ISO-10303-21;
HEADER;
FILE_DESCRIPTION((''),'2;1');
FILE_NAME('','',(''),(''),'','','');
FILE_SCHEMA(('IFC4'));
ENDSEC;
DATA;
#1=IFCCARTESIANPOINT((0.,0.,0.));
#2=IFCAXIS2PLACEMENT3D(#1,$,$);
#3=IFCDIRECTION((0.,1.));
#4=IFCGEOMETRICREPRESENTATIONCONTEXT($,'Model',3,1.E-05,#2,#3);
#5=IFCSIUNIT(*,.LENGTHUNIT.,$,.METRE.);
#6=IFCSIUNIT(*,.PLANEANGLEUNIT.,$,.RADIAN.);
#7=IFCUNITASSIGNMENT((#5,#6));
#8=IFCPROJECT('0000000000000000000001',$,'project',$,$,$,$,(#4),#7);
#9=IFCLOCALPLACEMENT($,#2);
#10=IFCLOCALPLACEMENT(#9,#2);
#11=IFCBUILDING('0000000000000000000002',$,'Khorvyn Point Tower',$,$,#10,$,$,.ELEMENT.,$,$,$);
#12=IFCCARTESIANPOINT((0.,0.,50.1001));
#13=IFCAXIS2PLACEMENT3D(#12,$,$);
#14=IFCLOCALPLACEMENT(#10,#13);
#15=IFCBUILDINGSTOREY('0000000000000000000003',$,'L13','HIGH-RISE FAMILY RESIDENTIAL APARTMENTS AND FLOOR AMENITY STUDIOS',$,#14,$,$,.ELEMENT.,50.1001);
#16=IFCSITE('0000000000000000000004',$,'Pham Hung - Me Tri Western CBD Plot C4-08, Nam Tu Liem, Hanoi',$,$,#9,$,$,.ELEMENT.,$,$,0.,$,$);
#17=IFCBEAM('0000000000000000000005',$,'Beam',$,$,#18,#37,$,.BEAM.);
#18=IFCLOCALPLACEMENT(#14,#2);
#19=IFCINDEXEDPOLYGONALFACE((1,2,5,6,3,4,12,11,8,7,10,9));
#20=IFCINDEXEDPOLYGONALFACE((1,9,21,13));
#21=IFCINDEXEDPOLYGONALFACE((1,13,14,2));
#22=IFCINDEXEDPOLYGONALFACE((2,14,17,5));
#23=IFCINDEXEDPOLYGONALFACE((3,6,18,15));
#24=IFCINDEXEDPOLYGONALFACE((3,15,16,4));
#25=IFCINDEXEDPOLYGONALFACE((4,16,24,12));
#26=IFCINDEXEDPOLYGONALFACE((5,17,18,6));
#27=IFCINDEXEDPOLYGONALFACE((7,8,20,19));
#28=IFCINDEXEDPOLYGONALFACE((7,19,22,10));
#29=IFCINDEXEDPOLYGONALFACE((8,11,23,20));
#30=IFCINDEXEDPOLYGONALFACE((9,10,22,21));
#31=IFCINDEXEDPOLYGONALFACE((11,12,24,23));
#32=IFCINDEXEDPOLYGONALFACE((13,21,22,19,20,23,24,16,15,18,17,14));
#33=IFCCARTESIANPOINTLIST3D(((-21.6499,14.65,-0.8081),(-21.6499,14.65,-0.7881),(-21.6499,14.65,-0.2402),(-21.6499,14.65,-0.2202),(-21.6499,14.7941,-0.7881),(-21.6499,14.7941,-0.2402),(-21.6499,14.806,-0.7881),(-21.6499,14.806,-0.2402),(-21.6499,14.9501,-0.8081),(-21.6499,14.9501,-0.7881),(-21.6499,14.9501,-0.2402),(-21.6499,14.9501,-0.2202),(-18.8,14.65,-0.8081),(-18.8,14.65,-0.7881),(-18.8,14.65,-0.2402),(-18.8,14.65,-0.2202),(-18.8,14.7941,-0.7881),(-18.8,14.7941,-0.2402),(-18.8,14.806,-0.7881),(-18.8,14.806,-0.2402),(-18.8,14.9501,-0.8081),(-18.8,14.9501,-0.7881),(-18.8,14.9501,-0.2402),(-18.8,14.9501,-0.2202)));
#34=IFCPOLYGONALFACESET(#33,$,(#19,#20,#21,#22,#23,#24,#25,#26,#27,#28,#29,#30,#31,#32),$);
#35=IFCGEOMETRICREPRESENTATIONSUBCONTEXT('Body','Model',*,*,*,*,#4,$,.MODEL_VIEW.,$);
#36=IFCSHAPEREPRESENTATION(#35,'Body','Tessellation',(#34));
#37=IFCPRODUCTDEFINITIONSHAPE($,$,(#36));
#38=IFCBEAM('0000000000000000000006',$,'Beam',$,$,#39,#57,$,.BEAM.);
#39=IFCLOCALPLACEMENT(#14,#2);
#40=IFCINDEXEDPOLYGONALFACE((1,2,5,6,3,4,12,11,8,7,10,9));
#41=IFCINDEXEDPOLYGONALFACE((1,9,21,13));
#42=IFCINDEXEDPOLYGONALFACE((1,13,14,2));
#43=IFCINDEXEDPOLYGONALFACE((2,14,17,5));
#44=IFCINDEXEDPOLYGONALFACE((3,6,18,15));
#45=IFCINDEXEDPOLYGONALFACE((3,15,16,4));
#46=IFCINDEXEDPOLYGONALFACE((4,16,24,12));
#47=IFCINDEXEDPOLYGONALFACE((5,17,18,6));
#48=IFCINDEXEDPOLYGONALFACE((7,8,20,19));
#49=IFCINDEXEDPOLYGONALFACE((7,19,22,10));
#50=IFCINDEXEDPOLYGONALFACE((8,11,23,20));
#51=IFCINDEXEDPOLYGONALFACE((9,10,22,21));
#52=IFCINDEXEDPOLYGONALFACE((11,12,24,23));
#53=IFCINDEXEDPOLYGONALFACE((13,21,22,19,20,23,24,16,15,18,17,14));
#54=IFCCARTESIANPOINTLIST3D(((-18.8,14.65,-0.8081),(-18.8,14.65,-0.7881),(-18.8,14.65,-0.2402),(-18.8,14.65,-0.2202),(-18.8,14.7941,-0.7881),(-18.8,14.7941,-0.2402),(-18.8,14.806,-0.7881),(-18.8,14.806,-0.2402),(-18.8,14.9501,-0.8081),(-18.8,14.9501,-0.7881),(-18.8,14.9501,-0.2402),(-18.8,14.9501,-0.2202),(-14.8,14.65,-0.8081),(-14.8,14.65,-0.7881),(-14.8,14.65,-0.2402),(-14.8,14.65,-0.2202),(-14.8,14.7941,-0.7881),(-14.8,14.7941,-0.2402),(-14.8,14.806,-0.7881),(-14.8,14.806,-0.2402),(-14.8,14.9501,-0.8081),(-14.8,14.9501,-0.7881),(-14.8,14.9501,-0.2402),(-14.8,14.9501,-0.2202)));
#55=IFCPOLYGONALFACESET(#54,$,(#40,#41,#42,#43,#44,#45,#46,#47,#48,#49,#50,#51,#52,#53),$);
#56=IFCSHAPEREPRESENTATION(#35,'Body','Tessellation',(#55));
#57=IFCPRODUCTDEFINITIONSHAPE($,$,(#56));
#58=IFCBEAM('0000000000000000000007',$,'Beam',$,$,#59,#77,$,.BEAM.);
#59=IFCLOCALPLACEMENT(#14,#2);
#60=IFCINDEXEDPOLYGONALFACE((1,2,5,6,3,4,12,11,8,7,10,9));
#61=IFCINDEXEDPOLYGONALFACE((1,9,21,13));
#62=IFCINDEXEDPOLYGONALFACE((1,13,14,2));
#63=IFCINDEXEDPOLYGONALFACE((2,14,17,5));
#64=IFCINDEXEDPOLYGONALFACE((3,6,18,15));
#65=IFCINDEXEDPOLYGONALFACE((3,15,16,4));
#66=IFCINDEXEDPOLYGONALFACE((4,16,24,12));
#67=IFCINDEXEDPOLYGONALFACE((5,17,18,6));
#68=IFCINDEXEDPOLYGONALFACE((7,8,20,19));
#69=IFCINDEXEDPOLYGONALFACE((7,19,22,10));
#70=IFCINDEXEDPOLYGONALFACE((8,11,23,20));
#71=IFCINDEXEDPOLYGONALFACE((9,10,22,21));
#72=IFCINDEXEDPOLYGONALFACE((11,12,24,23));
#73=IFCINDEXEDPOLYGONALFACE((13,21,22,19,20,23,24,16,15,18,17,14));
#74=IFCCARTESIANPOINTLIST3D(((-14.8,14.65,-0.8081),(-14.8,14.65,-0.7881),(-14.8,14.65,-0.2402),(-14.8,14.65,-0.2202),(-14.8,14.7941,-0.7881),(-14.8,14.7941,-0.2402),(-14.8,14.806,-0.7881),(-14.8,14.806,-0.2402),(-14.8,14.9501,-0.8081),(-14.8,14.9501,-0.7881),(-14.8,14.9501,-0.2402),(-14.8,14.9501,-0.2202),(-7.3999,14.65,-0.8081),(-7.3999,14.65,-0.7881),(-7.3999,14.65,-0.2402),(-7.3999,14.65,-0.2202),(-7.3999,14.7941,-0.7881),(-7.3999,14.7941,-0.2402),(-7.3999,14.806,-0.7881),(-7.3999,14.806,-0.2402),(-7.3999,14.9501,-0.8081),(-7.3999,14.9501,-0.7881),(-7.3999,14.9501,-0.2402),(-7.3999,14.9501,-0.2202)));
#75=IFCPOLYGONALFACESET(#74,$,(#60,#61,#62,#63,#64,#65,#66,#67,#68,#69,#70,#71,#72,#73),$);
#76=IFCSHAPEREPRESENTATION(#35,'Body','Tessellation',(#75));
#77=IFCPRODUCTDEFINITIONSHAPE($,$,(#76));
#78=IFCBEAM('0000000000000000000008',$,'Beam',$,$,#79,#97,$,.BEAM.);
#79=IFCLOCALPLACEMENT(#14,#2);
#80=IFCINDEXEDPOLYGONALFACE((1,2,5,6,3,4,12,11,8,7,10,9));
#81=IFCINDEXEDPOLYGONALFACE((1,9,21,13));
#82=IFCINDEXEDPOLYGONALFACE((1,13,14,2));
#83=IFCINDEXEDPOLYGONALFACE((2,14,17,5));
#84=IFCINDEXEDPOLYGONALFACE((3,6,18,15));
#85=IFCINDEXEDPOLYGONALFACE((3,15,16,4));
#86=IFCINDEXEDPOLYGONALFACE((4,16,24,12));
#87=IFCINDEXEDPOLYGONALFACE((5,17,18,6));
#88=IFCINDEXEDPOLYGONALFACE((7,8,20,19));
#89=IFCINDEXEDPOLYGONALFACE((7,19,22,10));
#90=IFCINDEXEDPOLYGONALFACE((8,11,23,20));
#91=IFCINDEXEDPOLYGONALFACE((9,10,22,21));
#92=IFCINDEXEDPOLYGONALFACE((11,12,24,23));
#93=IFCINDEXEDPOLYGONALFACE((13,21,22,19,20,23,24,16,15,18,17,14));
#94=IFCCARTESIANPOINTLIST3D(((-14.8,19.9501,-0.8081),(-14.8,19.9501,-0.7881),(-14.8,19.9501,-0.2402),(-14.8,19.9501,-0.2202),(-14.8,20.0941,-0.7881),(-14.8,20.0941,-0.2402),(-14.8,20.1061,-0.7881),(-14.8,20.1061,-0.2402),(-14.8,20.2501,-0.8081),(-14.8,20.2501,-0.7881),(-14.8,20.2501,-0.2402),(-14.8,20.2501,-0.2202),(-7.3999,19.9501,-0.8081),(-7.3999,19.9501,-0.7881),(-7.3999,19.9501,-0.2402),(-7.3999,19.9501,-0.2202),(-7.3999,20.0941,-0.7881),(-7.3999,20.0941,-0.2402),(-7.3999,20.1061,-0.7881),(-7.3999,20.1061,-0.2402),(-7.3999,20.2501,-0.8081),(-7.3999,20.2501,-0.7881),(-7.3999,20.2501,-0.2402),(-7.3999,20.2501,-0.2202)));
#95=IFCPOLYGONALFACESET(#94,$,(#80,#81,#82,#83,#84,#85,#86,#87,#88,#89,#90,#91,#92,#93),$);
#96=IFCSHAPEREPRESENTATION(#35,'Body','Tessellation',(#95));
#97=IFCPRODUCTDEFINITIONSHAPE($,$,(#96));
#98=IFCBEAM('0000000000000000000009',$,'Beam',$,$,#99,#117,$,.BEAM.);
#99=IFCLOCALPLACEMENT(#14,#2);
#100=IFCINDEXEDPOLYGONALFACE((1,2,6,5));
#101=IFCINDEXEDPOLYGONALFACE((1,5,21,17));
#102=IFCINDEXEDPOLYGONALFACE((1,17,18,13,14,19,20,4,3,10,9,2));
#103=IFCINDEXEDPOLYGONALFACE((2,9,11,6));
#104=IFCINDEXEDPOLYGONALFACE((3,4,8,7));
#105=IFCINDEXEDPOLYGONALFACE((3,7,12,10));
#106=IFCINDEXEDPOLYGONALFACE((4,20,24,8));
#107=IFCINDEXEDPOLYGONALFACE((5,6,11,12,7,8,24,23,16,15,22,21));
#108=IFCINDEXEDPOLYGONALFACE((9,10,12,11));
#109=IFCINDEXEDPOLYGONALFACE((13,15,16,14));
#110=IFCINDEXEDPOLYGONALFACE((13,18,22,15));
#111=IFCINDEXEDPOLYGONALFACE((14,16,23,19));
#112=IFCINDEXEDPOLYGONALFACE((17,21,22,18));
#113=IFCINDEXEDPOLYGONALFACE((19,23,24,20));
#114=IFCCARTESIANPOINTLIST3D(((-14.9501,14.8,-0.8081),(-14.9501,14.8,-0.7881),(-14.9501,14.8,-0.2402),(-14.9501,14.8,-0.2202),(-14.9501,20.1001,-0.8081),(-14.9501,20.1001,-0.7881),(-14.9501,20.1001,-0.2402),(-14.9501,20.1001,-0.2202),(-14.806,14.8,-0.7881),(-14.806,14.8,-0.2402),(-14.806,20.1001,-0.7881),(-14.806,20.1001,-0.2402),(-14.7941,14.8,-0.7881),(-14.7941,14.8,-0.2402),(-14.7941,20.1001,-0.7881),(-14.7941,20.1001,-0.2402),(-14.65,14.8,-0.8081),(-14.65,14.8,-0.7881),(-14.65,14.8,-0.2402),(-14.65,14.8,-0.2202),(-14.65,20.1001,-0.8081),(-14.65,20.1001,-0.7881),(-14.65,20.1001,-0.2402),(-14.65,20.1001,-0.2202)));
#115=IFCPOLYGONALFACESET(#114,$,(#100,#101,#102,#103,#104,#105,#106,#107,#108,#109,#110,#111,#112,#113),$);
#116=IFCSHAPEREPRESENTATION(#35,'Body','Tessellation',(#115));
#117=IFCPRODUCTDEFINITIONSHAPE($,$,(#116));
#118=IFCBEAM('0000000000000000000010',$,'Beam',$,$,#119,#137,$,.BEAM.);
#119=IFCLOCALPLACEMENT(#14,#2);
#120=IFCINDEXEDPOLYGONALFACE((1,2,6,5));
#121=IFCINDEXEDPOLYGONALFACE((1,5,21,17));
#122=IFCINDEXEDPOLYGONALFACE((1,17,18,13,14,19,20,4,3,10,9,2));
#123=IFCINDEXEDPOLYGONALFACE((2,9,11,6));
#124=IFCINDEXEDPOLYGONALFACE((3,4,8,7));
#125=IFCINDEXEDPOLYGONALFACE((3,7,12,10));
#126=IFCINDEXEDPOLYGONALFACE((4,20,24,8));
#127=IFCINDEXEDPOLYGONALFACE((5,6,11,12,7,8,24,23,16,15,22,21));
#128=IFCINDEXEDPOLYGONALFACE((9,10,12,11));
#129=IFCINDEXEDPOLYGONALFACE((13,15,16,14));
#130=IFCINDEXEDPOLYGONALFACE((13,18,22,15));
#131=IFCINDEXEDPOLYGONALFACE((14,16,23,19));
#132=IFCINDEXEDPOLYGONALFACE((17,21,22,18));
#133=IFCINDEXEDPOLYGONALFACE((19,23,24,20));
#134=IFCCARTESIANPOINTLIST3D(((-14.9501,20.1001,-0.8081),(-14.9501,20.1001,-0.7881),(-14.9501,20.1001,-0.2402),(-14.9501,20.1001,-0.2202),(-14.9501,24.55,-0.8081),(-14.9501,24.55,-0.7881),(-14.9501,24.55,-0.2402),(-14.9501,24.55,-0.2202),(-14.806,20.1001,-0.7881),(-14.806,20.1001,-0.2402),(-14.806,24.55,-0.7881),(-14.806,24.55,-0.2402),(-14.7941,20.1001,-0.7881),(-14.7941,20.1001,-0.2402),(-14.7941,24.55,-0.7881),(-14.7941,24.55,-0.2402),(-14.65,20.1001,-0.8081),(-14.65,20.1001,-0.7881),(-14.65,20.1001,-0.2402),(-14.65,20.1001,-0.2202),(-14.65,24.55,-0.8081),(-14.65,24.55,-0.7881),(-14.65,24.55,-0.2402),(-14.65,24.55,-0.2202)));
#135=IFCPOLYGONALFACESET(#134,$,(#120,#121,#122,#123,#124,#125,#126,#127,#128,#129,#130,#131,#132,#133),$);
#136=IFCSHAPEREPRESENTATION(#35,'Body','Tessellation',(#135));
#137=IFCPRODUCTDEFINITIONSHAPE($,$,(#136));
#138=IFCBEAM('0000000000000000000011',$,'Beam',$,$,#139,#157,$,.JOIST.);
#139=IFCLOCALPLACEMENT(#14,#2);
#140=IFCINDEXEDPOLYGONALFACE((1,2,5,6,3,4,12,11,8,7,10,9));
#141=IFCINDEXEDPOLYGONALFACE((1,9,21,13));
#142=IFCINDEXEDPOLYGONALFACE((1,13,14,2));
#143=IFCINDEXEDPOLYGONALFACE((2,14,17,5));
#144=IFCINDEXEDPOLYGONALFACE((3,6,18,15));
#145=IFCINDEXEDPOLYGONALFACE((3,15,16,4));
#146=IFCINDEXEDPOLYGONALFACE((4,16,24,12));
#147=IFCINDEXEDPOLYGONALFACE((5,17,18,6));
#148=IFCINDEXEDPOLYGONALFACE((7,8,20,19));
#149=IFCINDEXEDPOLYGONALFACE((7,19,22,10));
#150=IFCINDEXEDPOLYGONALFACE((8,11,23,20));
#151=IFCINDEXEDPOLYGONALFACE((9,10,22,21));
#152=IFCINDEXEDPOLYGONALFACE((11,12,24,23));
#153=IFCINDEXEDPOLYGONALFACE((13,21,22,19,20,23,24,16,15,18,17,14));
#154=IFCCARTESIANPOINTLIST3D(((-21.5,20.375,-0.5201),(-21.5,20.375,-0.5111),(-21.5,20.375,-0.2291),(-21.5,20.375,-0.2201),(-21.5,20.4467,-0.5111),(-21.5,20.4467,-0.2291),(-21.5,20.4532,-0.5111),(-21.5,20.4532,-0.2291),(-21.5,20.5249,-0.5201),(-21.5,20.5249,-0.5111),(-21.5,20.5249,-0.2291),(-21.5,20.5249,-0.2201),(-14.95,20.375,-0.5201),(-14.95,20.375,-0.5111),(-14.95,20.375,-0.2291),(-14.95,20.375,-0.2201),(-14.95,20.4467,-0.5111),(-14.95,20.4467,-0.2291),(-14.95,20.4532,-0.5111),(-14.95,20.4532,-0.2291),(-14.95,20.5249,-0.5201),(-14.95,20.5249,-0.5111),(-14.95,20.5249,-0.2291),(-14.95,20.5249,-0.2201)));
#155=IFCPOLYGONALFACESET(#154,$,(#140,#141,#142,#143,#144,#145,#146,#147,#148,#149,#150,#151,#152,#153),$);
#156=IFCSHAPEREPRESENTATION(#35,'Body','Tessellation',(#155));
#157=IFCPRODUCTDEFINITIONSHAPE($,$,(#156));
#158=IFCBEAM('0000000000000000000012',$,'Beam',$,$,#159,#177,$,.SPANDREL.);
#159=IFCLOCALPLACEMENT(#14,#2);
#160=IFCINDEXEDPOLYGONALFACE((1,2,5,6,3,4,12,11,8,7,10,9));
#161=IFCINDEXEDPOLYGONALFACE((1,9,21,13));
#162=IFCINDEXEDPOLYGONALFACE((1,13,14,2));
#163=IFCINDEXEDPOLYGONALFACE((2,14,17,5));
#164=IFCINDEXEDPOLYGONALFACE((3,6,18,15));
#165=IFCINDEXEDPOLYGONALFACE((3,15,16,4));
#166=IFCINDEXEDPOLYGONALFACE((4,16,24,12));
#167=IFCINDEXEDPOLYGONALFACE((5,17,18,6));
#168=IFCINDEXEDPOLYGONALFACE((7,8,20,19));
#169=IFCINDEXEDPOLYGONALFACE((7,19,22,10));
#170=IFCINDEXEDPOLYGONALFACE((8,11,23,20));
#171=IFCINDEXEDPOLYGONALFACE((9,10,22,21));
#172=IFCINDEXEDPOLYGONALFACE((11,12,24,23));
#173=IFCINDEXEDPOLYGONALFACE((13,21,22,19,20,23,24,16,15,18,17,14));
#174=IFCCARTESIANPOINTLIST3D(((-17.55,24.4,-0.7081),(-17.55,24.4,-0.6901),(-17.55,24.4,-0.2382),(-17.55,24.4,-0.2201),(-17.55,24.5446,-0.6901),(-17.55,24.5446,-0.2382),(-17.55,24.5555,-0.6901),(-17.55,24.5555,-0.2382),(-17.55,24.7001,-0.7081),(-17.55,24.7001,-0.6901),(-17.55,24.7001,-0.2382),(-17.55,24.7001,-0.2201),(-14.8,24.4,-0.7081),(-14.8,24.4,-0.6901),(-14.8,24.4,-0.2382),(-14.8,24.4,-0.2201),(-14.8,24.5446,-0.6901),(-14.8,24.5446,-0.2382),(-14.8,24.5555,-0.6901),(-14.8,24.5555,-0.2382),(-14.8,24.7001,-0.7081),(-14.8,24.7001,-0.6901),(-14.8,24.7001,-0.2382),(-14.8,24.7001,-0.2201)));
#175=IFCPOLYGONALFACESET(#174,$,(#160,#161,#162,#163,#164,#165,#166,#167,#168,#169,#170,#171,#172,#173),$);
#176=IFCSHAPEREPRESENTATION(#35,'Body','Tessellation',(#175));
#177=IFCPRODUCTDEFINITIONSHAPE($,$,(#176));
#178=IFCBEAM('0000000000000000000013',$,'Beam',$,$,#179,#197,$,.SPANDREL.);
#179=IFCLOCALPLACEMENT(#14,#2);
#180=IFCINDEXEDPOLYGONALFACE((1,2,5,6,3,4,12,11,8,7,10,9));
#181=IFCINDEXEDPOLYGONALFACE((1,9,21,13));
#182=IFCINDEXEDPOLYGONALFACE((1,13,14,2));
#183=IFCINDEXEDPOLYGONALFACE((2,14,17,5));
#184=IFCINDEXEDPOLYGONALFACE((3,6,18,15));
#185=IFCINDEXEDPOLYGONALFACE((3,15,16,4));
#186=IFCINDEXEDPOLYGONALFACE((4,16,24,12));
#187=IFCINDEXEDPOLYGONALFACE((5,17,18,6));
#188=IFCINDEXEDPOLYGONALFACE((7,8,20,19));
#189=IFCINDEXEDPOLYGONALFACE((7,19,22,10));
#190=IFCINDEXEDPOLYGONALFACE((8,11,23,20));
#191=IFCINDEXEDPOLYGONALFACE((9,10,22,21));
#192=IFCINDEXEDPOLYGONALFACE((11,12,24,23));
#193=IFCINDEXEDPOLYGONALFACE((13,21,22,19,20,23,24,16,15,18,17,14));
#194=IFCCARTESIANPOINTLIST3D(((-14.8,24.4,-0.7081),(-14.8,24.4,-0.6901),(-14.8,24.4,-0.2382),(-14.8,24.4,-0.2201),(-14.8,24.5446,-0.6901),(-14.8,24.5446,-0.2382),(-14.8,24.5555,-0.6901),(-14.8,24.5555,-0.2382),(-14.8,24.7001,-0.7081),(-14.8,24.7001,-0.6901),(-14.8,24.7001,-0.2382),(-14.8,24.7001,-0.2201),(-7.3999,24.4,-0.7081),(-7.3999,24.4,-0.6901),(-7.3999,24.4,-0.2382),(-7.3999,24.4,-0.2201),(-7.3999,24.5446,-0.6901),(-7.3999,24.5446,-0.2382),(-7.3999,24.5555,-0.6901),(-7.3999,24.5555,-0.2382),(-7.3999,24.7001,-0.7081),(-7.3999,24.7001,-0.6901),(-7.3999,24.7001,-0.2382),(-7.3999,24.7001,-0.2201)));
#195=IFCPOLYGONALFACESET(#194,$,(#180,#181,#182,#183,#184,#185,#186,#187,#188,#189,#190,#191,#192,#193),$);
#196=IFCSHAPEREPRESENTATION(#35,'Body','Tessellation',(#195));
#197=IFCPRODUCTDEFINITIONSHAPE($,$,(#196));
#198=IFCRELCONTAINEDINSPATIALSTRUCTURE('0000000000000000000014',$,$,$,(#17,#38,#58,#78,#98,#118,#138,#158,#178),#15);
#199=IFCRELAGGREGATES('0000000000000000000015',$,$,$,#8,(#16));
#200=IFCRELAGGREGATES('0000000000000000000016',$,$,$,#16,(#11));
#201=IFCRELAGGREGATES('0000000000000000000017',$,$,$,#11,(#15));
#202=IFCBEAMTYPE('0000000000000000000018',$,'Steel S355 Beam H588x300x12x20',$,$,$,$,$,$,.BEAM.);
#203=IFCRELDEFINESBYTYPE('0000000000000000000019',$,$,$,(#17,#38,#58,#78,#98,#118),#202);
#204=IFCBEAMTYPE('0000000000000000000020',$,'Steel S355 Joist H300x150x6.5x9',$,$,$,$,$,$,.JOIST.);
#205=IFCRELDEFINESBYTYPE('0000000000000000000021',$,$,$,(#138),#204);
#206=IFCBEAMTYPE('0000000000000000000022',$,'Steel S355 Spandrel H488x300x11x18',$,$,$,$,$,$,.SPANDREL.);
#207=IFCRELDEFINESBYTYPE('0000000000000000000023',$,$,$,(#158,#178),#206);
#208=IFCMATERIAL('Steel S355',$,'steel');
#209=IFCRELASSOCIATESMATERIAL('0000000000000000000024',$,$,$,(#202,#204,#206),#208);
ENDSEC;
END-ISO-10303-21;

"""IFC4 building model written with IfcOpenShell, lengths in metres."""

from ifc_helpers import new_model, si_unit, direction, frame, origin, origin_2d, place, context, subcontext, project, spatial, i_section, extrude, material, material_profile, profile_set, type_object, element, save


model = new_model("IFC4")

# Units and contexts
model_context = context("Model", 3, precision=1e-05, world=origin(), true_north=direction((0.0, 1.0)))
body_context = subcontext(model_context, "Body", "Model", "MODEL_VIEW")
ifc_project = project(units=[si_unit("LENGTHUNIT", "METRE"), si_unit("PLANEANGLEUNIT", "RADIAN")], contexts=[model_context])

# Site, building, storey
site_placement = place(None, origin())
site = spatial("IfcSite", under=ifc_project, at=site_placement, Name="Pham Hung - Me Tri Western CBD Plot C4-08, Nam Tu Liem, Hanoi", CompositionType="ELEMENT", RefElevation=0.0)
building_placement = place(site_placement, origin())
building = spatial("IfcBuilding", under=site, at=building_placement, Name="Khorvyn Point Tower", CompositionType="ELEMENT")
storey_placement = place(building_placement, frame((0.0, 0.0, 50.1001)))
storey = spatial("IfcBuildingStorey", under=building, at=storey_placement, Name="L13", Description="HIGH-RISE FAMILY RESIDENTIAL APARTMENTS AND FLOOR AMENITY STUDIOS", CompositionType="ELEMENT", Elevation=50.1001)

# Beams
ifc_material_1 = material(Name="Steel S355", Category="steel")
ifc_material_profile_1 = material_profile(ifc_material_1, i_section(OverallWidth=0.3, OverallDepth=0.5879, WebThickness=0.012, FlangeThickness=0.02, at=origin_2d()))
ifc_profile_set_1 = profile_set([ifc_material_profile_1], Name="Steel S355 H588x300x12x20")
beam_type_1 = type_object("IfcBeamType", Name="Steel S355 Beam H588x300x12x20", PredefinedType="BEAM", material=ifc_profile_set_1)
beam_1_placement = place(storey_placement, frame((-21.6499, 14.8, -0.5142), z_axis=(1.0, 0.0, 0.0), x_axis=(0.0, 1.0, 0.0)))
element("IfcBeam", 1, at=beam_1_placement, inside=storey, type_object=beam_type_1, Name="Beam", PredefinedType="BEAM", context=body_context, shape_type="SweptSolid", body=[
    extrude(i_section(OverallWidth=0.3, OverallDepth=0.5879, WebThickness=0.012, FlangeThickness=0.02, at=origin_2d()), origin(), (0.0, 0.0, 1.0), 2.8499),
])
beam_2_placement = place(storey_placement, frame((-18.8, 14.8, -0.5142), z_axis=(1.0, 0.0, 0.0), x_axis=(0.0, 1.0, 0.0)))
element("IfcBeam", 2, at=beam_2_placement, inside=storey, type_object=beam_type_1, Name="Beam", PredefinedType="BEAM", context=body_context, shape_type="SweptSolid", body=[
    extrude(i_section(OverallWidth=0.3, OverallDepth=0.5879, WebThickness=0.012, FlangeThickness=0.02, at=origin_2d()), origin(), (0.0, 0.0, 1.0), 4.0),
])
for number, where, z_axis, x_axis, name in (
    (3, (-14.8, 14.8, -0.5142), (1.0, 0.0, 0.0), (0.0, 1.0, 0.0), "Beam"),
    (4, (-14.8, 20.1001, -0.5142), (1.0, 0.0, 0.0), (0.0, 1.0, 0.0), "Beam"),
):
    element("IfcBeam", number, at=place(storey_placement, frame(where, z_axis=z_axis, x_axis=x_axis)), inside=storey, type_object=beam_type_1, Name=name, PredefinedType="BEAM", context=body_context, shape_type="SweptSolid", body=[
        extrude(i_section(OverallWidth=0.3, OverallDepth=0.5879, WebThickness=0.012, FlangeThickness=0.02, at=origin_2d()), origin(), (0.0, 0.0, 1.0), 7.4001),
    ])
beam_3_placement = place(storey_placement, frame((-14.8, 14.8, -0.5142), z_axis=(0.0, 1.0, 0.0), x_axis=(-1.0, 0.0, 0.0)))
element("IfcBeam", 5, at=beam_3_placement, inside=storey, type_object=beam_type_1, Name="Beam", PredefinedType="BEAM", context=body_context, shape_type="SweptSolid", body=[
    extrude(i_section(OverallWidth=0.3, OverallDepth=0.5879, WebThickness=0.012, FlangeThickness=0.02, at=origin_2d()), origin(), (0.0, 0.0, 1.0), 5.3),
])
beam_4_placement = place(storey_placement, frame((-14.8, 20.1001, -0.5142), z_axis=(0.0, 1.0, 0.0), x_axis=(-1.0, 0.0, 0.0)))
element("IfcBeam", 6, at=beam_4_placement, inside=storey, type_object=beam_type_1, Name="Beam", PredefinedType="BEAM", context=body_context, shape_type="SweptSolid", body=[
    extrude(i_section(OverallWidth=0.3, OverallDepth=0.5879, WebThickness=0.012, FlangeThickness=0.02, at=origin_2d()), origin(), (0.0, 0.0, 1.0), 4.45),
])
ifc_material_profile_2 = material_profile(ifc_material_1, i_section(OverallWidth=0.1499, OverallDepth=0.3, WebThickness=0.0066, FlangeThickness=0.009, at=origin_2d()))
ifc_profile_set_2 = profile_set([ifc_material_profile_2], Name="Steel S355 H300x150x6.5x9")
beam_type_2 = type_object("IfcBeamType", Name="Steel S355 Joist H300x150x6.5x9", PredefinedType="JOIST", material=ifc_profile_set_2)
beam_5_placement = place(storey_placement, frame((-21.5, 20.45, -0.3701), z_axis=(1.0, 0.0, 0.0), x_axis=(0.0, 1.0, 0.0)))
element("IfcBeam", 7, at=beam_5_placement, inside=storey, type_object=beam_type_2, Name="Beam", PredefinedType="JOIST", context=body_context, shape_type="SweptSolid", body=[
    extrude(i_section(OverallWidth=0.1499, OverallDepth=0.3, WebThickness=0.0066, FlangeThickness=0.009, at=origin_2d()), origin(), (0.0, 0.0, 1.0), 6.55),
])
ifc_material_profile_3 = material_profile(ifc_material_1, i_section(OverallWidth=0.3, OverallDepth=0.488, WebThickness=0.011, FlangeThickness=0.0181, at=origin_2d()))
ifc_profile_set_3 = profile_set([ifc_material_profile_3], Name="Steel S355 H488x300x11x18")
beam_type_3 = type_object("IfcBeamType", Name="Steel S355 Spandrel H488x300x11x18", PredefinedType="SPANDREL", material=ifc_profile_set_3)
beam_6_placement = place(storey_placement, frame((-17.55, 24.55, -0.4641), z_axis=(1.0, 0.0, 0.0), x_axis=(0.0, 1.0, 0.0)))
element("IfcBeam", 8, at=beam_6_placement, inside=storey, type_object=beam_type_3, Name="Beam", PredefinedType="SPANDREL", context=body_context, shape_type="SweptSolid", body=[
    extrude(i_section(OverallWidth=0.3, OverallDepth=0.488, WebThickness=0.011, FlangeThickness=0.0181, at=origin_2d()), origin(), (0.0, 0.0, 1.0), 2.75),
])
beam_7_placement = place(storey_placement, frame((-14.8, 24.55, -0.4641), z_axis=(1.0, 0.0, 0.0), x_axis=(0.0, 1.0, 0.0)))
element("IfcBeam", 9, at=beam_7_placement, inside=storey, type_object=beam_type_3, Name="Beam", PredefinedType="SPANDREL", context=body_context, shape_type="SweptSolid", body=[
    extrude(i_section(OverallWidth=0.3, OverallDepth=0.488, WebThickness=0.011, FlangeThickness=0.0181, at=origin_2d()), origin(), (0.0, 0.0, 1.0), 7.4001),
])

save(model, "model.ifc")
